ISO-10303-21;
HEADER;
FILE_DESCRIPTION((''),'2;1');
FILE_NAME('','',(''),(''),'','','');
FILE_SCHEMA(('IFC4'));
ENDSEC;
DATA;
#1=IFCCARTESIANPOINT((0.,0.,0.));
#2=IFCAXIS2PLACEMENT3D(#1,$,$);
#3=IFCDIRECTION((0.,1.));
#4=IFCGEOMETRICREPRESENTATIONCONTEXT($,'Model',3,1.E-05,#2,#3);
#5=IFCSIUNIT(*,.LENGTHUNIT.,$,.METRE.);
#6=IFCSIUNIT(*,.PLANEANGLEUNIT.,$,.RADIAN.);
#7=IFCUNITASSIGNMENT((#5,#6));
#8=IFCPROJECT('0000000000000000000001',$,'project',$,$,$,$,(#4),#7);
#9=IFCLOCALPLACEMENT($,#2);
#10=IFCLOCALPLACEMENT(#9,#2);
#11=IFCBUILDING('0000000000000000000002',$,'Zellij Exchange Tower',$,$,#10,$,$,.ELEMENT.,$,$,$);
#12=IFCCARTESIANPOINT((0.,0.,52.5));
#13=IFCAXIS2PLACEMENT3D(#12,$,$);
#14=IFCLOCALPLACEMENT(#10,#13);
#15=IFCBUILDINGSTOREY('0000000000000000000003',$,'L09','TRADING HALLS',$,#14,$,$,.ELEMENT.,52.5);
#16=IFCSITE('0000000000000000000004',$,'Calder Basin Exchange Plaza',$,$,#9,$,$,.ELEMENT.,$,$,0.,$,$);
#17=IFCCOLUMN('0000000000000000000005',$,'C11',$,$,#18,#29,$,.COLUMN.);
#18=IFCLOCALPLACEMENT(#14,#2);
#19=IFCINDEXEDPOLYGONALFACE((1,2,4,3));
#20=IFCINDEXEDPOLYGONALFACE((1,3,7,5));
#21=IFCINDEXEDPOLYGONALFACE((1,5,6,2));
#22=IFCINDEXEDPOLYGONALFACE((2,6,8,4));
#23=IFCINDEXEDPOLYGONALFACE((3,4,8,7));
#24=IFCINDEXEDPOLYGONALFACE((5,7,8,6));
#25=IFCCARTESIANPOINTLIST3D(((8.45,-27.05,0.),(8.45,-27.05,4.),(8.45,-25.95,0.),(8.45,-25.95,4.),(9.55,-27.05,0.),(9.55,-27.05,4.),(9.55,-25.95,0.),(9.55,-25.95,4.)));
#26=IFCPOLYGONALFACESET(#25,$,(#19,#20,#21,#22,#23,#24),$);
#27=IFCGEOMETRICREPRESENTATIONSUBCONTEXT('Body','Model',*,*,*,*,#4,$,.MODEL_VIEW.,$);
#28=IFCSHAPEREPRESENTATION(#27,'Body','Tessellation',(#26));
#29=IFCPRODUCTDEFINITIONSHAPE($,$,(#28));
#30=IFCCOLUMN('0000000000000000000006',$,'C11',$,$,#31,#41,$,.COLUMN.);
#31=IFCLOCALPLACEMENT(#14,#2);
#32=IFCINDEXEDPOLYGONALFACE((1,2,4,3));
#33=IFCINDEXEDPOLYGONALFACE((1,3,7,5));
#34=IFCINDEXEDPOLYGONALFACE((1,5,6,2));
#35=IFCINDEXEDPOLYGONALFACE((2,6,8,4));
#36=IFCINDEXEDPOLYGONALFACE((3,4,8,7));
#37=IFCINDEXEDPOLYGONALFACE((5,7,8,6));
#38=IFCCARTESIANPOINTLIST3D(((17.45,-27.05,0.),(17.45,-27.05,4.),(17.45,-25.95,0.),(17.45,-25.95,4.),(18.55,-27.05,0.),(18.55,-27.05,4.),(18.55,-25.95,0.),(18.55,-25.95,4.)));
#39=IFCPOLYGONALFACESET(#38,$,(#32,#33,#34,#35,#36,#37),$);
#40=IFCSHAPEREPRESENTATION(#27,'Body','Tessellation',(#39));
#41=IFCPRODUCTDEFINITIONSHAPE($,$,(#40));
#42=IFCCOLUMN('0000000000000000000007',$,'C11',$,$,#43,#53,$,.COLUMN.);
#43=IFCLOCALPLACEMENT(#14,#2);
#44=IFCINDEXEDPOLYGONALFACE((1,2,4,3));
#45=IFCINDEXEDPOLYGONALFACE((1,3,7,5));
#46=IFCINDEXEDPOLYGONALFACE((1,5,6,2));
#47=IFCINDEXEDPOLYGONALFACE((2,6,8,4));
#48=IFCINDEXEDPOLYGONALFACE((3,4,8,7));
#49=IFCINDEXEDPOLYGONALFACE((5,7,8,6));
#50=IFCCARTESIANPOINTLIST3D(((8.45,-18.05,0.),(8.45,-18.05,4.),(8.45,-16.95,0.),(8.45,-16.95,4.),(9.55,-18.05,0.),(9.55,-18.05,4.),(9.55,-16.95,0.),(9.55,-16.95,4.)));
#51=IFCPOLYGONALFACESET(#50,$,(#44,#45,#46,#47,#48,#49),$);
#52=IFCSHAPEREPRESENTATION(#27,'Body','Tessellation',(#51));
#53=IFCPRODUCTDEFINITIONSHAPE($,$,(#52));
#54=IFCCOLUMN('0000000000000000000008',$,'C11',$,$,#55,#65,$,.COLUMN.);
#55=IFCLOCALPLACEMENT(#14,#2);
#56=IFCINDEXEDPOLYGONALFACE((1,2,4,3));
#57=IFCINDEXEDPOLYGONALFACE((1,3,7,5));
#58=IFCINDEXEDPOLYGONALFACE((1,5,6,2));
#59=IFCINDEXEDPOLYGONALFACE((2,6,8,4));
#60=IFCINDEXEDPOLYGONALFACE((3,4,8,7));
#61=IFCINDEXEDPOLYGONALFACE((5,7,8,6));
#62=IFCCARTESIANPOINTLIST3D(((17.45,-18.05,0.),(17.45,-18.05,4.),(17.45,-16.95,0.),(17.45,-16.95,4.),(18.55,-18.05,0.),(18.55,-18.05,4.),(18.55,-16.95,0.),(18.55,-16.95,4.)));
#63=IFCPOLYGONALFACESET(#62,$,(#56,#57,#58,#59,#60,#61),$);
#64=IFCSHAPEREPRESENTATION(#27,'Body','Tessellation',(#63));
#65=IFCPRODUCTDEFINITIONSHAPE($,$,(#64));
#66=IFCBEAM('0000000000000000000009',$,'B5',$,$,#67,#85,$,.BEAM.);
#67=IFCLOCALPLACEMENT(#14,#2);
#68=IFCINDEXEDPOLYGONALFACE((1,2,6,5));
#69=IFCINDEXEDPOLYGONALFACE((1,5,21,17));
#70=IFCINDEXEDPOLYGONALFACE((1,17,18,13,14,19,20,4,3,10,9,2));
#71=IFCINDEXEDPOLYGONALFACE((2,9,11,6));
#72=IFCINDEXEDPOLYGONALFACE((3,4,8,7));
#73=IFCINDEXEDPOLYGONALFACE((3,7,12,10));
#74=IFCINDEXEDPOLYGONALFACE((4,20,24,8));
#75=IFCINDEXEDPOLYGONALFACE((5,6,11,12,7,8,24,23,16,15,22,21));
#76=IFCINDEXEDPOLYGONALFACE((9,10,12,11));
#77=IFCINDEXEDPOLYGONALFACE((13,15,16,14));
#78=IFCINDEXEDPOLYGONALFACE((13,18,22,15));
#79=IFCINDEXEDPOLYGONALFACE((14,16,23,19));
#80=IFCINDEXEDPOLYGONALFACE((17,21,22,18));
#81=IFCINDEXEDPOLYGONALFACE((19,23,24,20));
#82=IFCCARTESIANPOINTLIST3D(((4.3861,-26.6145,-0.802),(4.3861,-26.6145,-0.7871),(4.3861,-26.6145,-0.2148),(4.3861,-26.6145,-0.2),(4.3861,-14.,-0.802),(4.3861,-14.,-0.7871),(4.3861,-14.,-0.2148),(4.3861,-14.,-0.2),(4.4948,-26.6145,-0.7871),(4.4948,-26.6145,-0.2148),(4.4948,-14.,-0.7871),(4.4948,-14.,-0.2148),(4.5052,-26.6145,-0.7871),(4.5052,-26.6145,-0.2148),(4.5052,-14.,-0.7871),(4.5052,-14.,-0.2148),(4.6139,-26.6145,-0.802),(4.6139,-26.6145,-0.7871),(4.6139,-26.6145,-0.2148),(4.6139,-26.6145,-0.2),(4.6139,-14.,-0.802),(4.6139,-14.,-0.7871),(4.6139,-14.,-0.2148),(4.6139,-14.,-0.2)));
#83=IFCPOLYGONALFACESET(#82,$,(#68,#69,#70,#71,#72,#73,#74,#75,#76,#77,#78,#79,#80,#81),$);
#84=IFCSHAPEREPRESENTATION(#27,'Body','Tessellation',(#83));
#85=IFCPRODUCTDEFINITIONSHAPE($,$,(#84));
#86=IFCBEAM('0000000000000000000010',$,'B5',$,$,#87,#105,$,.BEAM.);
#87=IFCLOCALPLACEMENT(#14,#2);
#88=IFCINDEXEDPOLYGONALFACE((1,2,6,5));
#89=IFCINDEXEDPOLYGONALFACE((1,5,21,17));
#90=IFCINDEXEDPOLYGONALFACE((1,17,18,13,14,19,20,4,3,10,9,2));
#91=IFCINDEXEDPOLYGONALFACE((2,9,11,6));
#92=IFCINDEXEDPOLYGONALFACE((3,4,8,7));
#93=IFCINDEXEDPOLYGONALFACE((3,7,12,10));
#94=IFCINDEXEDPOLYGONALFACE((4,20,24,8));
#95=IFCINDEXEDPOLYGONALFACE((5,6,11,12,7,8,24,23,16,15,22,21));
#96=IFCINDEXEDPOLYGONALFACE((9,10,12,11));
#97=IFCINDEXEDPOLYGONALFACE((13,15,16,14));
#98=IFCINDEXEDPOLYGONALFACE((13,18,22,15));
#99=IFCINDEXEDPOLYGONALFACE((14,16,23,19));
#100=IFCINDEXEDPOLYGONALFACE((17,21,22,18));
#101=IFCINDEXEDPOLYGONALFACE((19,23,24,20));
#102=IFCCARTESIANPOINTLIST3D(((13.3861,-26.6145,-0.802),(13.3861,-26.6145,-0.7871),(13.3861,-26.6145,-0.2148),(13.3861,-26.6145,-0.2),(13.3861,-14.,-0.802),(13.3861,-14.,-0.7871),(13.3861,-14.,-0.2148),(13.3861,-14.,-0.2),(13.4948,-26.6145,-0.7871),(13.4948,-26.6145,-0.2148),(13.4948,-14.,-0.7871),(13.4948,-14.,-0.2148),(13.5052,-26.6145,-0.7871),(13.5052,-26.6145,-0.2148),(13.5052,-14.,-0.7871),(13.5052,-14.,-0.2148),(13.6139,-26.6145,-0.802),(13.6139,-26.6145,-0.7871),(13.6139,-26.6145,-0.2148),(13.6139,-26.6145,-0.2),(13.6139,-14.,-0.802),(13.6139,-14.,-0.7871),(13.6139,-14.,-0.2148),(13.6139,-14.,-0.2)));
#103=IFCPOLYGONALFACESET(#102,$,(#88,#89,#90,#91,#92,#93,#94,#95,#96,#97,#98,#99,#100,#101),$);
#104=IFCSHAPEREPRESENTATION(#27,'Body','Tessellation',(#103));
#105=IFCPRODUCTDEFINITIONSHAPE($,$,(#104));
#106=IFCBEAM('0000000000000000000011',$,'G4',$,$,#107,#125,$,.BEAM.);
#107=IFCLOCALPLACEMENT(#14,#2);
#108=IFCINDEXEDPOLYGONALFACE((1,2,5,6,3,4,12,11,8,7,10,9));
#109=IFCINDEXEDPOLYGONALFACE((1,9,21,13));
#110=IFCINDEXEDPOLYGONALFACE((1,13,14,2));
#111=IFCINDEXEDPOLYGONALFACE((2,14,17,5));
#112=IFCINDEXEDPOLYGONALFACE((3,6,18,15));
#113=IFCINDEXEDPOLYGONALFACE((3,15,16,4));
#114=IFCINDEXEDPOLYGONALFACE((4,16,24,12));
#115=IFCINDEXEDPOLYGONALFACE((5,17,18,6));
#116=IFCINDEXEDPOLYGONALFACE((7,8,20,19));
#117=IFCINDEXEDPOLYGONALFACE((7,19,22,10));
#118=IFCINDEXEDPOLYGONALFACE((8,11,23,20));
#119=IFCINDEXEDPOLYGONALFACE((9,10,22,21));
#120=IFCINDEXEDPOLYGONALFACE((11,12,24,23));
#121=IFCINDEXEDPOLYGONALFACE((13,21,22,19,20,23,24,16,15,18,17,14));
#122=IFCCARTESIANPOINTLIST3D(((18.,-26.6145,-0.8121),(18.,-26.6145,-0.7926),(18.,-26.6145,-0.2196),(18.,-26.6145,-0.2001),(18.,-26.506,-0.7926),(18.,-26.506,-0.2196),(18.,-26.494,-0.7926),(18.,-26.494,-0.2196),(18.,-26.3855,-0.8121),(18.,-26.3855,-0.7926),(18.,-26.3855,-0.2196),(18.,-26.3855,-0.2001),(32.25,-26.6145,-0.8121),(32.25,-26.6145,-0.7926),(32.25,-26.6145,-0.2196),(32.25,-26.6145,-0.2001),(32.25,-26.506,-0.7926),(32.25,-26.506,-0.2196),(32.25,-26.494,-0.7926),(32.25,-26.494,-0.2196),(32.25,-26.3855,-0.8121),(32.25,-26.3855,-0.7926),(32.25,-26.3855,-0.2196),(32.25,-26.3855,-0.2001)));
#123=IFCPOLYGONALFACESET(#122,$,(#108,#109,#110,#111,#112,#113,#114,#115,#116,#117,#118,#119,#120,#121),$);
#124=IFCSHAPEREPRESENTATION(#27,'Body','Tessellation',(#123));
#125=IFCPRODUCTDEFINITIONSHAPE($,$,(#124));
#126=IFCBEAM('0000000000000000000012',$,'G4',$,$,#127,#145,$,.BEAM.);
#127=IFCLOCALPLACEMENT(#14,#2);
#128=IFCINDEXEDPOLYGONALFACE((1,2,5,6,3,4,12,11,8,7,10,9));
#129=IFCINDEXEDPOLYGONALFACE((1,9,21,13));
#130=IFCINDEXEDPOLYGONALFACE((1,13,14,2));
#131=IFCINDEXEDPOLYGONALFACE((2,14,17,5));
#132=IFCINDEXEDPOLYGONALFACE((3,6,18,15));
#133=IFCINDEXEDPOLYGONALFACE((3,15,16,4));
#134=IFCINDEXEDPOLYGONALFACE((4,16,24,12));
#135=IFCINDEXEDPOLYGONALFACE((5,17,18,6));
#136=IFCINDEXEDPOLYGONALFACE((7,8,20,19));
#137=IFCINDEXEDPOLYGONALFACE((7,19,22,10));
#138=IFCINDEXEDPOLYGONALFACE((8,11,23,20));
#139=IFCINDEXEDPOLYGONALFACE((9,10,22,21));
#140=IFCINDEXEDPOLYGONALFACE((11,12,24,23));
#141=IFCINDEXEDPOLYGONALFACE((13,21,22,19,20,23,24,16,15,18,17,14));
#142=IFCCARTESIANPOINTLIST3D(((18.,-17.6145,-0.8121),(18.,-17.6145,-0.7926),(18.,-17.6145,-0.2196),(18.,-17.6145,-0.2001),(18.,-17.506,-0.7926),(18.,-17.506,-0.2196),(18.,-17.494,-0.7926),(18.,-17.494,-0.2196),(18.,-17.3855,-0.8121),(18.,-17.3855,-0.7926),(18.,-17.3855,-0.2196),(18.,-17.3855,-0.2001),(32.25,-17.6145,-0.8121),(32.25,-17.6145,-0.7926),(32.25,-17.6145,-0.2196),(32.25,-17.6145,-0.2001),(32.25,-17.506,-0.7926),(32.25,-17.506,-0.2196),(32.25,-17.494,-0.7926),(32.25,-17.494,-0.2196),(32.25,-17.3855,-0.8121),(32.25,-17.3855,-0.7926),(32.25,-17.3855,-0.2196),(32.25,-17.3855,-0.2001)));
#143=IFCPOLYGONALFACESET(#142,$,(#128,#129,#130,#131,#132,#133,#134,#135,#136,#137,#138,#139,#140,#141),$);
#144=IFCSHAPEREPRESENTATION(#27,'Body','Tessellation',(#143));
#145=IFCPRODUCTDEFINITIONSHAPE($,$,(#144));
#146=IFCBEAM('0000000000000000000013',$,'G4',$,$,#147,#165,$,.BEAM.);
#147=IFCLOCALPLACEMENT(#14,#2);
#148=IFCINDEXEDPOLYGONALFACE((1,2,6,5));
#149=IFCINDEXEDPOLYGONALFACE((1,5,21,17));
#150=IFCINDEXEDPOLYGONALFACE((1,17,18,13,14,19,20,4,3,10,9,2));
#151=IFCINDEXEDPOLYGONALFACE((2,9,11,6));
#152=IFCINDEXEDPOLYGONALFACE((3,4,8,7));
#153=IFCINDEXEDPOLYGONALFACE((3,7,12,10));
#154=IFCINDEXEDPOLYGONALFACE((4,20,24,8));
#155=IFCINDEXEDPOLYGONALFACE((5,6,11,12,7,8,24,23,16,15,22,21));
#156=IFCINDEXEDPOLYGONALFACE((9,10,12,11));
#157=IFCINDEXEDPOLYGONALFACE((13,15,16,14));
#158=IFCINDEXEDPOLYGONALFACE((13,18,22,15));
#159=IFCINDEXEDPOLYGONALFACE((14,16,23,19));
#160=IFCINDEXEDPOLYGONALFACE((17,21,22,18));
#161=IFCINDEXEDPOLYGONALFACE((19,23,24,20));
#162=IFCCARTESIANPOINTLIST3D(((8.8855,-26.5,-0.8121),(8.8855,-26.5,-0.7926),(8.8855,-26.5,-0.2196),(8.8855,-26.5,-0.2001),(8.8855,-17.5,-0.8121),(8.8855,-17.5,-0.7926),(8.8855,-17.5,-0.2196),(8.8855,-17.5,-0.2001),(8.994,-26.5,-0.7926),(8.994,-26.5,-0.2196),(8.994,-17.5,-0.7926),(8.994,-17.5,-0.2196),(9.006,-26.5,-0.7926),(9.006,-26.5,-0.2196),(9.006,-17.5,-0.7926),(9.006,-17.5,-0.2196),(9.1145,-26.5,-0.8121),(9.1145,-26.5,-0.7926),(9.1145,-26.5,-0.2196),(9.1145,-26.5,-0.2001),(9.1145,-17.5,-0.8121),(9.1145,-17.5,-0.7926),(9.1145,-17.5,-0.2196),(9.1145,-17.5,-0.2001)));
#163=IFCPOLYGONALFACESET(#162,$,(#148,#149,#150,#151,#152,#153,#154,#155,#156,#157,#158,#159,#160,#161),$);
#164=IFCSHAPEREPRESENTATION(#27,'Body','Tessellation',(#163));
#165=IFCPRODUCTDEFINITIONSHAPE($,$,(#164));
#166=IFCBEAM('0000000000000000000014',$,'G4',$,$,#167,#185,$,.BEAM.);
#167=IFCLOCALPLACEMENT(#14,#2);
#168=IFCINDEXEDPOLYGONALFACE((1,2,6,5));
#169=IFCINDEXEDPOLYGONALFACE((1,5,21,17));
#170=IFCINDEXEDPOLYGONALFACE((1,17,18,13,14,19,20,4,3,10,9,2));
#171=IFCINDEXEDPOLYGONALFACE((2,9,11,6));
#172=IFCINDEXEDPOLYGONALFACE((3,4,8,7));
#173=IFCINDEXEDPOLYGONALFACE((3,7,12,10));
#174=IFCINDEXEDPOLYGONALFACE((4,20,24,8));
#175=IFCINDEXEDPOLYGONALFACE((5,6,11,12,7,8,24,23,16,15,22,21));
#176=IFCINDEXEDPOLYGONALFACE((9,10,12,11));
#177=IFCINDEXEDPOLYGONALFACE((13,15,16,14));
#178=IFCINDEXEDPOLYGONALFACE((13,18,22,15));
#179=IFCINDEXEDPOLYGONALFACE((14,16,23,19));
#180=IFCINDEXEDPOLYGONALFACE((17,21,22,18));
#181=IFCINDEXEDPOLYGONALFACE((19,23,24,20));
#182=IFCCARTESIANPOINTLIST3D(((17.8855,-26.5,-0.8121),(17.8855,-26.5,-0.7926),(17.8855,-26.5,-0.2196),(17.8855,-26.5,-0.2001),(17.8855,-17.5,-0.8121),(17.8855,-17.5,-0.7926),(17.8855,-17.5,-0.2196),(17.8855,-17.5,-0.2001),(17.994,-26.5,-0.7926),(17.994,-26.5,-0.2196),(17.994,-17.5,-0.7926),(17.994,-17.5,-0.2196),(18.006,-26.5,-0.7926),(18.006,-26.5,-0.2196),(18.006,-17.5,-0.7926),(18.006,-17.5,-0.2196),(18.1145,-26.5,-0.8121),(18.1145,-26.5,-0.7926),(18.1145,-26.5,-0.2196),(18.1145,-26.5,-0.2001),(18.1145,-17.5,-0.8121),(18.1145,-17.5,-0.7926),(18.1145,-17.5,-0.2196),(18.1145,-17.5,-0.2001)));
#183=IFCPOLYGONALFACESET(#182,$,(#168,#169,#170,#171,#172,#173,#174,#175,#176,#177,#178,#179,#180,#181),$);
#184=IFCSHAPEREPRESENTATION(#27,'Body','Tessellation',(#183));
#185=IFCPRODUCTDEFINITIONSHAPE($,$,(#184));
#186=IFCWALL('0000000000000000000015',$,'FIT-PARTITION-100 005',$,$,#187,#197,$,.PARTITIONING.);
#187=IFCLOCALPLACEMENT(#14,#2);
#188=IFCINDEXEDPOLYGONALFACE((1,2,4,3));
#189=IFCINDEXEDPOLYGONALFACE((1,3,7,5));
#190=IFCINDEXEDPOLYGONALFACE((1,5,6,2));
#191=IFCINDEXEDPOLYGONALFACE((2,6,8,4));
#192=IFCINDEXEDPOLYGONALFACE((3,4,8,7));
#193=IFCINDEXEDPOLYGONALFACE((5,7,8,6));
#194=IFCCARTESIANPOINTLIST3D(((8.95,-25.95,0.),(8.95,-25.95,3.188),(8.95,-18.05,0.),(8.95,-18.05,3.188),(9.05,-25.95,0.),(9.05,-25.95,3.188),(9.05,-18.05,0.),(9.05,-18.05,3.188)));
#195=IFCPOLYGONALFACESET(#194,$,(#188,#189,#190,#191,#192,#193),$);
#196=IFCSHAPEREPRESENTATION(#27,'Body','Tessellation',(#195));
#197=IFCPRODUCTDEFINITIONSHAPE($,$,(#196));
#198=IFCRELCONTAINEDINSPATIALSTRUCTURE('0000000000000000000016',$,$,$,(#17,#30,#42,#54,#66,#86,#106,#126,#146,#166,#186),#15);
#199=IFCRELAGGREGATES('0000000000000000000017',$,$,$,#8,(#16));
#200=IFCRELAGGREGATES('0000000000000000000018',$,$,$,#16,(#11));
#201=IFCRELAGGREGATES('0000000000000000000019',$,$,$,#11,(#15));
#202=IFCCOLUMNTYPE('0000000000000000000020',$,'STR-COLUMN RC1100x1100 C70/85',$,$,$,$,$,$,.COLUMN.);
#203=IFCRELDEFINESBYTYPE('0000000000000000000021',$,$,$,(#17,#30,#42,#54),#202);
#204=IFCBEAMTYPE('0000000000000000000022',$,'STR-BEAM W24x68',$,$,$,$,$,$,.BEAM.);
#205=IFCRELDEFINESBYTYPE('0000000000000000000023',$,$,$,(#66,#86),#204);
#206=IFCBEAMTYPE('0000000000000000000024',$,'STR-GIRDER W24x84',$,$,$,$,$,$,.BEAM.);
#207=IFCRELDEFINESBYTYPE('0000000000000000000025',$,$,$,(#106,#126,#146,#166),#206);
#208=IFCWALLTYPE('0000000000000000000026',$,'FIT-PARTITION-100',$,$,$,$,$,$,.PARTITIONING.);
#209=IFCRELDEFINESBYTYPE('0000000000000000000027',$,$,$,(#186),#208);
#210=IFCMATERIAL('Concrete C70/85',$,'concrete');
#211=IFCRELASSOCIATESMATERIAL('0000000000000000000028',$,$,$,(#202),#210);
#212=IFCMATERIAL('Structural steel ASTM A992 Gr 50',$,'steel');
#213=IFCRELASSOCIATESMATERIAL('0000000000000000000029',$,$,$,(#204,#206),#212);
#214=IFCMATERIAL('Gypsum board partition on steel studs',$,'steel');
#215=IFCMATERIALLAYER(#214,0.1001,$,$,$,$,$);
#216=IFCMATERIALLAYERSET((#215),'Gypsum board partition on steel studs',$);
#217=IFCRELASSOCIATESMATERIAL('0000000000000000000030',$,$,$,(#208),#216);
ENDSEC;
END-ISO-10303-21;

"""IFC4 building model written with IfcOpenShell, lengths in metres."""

from ifc_helpers import new_model, si_unit, direction, frame, frame_2d, origin, origin_2d, place, context, subcontext, project, spatial, rectangle, i_section, extrude, material, layer, layer_set, material_profile, profile_set, type_object, element, save


model = new_model("IFC4")

# Units and contexts
model_context = context("Model", 3, precision=1e-05, world=origin(), true_north=direction((0.0, 1.0)))
body_context = subcontext(model_context, "Body", "Model", "MODEL_VIEW")
ifc_project = project(units=[si_unit("LENGTHUNIT", "METRE"), si_unit("PLANEANGLEUNIT", "RADIAN")], contexts=[model_context])

# Site, building, storey
site_placement = place(None, origin())
site = spatial("IfcSite", under=ifc_project, at=site_placement, Name="Calder Basin Exchange Plaza", CompositionType="ELEMENT", RefElevation=0.0)
building_placement = place(site_placement, origin())
building = spatial("IfcBuilding", under=site, at=building_placement, Name="Zellij Exchange Tower", CompositionType="ELEMENT")
storey_placement = place(building_placement, frame((0.0, 0.0, 52.5)))
storey = spatial("IfcBuildingStorey", under=building, at=storey_placement, Name="L09", Description="TRADING HALLS", CompositionType="ELEMENT", Elevation=52.5)

# Columns
ifc_material_1 = material(Name="Concrete C70/85", Category="concrete")
ifc_material_profile_1 = material_profile(ifc_material_1, rectangle(XDim=1.1001, YDim=1.1001, at=origin_2d()), Name="STR-COLUMN RC1100x1100 C70/85")
ifc_profile_set_1 = profile_set([ifc_material_profile_1], Name="Concrete C70/85")
column_type = type_object("IfcColumnType", Name="STR-COLUMN RC1100x1100 C70/85", PredefinedType="COLUMN", material=ifc_profile_set_1)
for number, where, z_axis, x_axis, name in (
    (1, (9.0, -26.5, 0.0), (0.0, 0.0, 1.0), (1.0, 0.0, 0.0), "C11"),
    (2, (18.0, -26.5, 0.0), (0.0, 0.0, 1.0), (1.0, 0.0, 0.0), "C11"),
    (3, (9.0, -17.5, 0.0), (0.0, 0.0, 1.0), (1.0, 0.0, 0.0), "C11"),
    (4, (18.0, -17.5, 0.0), (0.0, 0.0, 1.0), (1.0, 0.0, 0.0), "C11"),
):
    element("IfcColumn", number, at=place(storey_placement, frame(where, z_axis=z_axis, x_axis=x_axis)), inside=storey, type_object=column_type, Name=name, PredefinedType="COLUMN", context=body_context, shape_type="SweptSolid", body=[
        extrude(rectangle(XDim=1.1001, YDim=1.1001, at=origin_2d()), origin(), (0.0, 0.0, 1.0), 4.0),
    ])

# Beams
ifc_material_2 = material(Name="Structural steel ASTM A992 Gr 50", Category="steel")
ifc_material_profile_2 = material_profile(ifc_material_2, i_section(OverallWidth=0.2278, OverallDepth=0.6021, WebThickness=0.0105, FlangeThickness=0.0149, at=origin_2d()), Name="W24x68")
ifc_profile_set_2 = profile_set([ifc_material_profile_2], Name="Structural steel ASTM A992 Gr 50")
beam_type_1 = type_object("IfcBeamType", Name="STR-BEAM W24x68", PredefinedType="BEAM", material=ifc_profile_set_2)
for number, where, z_axis, x_axis, name in (
    (5, (4.5, -26.6145, -0.501), (0.0, 1.0, 0.0), (-1.0, 0.0, 0.0), "B5"),
    (6, (13.5, -26.6145, -0.501), (0.0, 1.0, 0.0), (-1.0, 0.0, 0.0), "B5"),
):
    element("IfcBeam", number, at=place(storey_placement, frame(where, z_axis=z_axis, x_axis=x_axis)), inside=storey, type_object=beam_type_1, Name=name, PredefinedType="BEAM", context=body_context, shape_type="SweptSolid", body=[
        extrude(i_section(OverallWidth=0.2278, OverallDepth=0.6021, WebThickness=0.0105, FlangeThickness=0.0149, at=origin_2d()), origin(), (0.0, 0.0, 1.0), 12.6145),
    ])
ifc_material_profile_3 = material_profile(ifc_material_2, i_section(OverallWidth=0.229, OverallDepth=0.6121, WebThickness=0.012, FlangeThickness=0.0195, at=origin_2d()), Name="W24x84")
ifc_profile_set_3 = profile_set([ifc_material_profile_3], Name="Structural steel ASTM A992 Gr 50")
beam_type_2 = type_object("IfcBeamType", Name="STR-GIRDER W24x84", PredefinedType="BEAM", material=ifc_profile_set_3)
for number, where, z_axis, x_axis, name in (
    (7, (18.0, -26.5, -0.5061), (1.0, 0.0, 0.0), (0.0, 1.0, 0.0), "G4"),
    (8, (18.0, -17.5, -0.5061), (1.0, 0.0, 0.0), (0.0, 1.0, 0.0), "G4"),
):
    element("IfcBeam", number, at=place(storey_placement, frame(where, z_axis=z_axis, x_axis=x_axis)), inside=storey, type_object=beam_type_2, Name=name, PredefinedType="BEAM", context=body_context, shape_type="SweptSolid", body=[
        extrude(i_section(OverallWidth=0.229, OverallDepth=0.6121, WebThickness=0.012, FlangeThickness=0.0195, at=origin_2d()), origin(), (0.0, 0.0, 1.0), 14.25),
    ])
for number, where, z_axis, x_axis, name in (
    (9, (9.0, -26.5, -0.5061), (0.0, 1.0, 0.0), (-1.0, 0.0, 0.0), "G4"),
    (10, (18.0, -26.5, -0.5061), (0.0, 1.0, 0.0), (-1.0, 0.0, 0.0), "G4"),
):
    element("IfcBeam", number, at=place(storey_placement, frame(where, z_axis=z_axis, x_axis=x_axis)), inside=storey, type_object=beam_type_2, Name=name, PredefinedType="BEAM", context=body_context, shape_type="SweptSolid", body=[
        extrude(i_section(OverallWidth=0.229, OverallDepth=0.6121, WebThickness=0.012, FlangeThickness=0.0195, at=origin_2d()), origin(), (0.0, 0.0, 1.0), 9.0),
    ])

# Wall
ifc_material_3 = material(Name="Gypsum board partition on steel studs", Category="steel")
ifc_layer_1 = layer(ifc_material_3, 0.1001)
ifc_layer_set_1 = layer_set([ifc_layer_1], Name="Gypsum board partition on steel studs")
wall_type = type_object("IfcWallType", Name="FIT-PARTITION-100", PredefinedType="PARTITIONING", material=ifc_layer_set_1)
wall_placement = place(storey_placement, frame((9.0, -25.95, 0.0), z_axis=(0.0, 0.0, 1.0), x_axis=(0.0, 1.0, 0.0)))
element("IfcWall", 11, at=wall_placement, inside=storey, type_object=wall_type, Name="FIT-PARTITION-100 005", PredefinedType="PARTITIONING", context=body_context, shape_type="SweptSolid", body=[
    extrude(rectangle(XDim=7.8999, YDim=0.1001, at=frame_2d((3.95, 0.0))), origin(), (0.0, 0.0, 1.0), 3.188),
])

save(model, "model.ifc")
